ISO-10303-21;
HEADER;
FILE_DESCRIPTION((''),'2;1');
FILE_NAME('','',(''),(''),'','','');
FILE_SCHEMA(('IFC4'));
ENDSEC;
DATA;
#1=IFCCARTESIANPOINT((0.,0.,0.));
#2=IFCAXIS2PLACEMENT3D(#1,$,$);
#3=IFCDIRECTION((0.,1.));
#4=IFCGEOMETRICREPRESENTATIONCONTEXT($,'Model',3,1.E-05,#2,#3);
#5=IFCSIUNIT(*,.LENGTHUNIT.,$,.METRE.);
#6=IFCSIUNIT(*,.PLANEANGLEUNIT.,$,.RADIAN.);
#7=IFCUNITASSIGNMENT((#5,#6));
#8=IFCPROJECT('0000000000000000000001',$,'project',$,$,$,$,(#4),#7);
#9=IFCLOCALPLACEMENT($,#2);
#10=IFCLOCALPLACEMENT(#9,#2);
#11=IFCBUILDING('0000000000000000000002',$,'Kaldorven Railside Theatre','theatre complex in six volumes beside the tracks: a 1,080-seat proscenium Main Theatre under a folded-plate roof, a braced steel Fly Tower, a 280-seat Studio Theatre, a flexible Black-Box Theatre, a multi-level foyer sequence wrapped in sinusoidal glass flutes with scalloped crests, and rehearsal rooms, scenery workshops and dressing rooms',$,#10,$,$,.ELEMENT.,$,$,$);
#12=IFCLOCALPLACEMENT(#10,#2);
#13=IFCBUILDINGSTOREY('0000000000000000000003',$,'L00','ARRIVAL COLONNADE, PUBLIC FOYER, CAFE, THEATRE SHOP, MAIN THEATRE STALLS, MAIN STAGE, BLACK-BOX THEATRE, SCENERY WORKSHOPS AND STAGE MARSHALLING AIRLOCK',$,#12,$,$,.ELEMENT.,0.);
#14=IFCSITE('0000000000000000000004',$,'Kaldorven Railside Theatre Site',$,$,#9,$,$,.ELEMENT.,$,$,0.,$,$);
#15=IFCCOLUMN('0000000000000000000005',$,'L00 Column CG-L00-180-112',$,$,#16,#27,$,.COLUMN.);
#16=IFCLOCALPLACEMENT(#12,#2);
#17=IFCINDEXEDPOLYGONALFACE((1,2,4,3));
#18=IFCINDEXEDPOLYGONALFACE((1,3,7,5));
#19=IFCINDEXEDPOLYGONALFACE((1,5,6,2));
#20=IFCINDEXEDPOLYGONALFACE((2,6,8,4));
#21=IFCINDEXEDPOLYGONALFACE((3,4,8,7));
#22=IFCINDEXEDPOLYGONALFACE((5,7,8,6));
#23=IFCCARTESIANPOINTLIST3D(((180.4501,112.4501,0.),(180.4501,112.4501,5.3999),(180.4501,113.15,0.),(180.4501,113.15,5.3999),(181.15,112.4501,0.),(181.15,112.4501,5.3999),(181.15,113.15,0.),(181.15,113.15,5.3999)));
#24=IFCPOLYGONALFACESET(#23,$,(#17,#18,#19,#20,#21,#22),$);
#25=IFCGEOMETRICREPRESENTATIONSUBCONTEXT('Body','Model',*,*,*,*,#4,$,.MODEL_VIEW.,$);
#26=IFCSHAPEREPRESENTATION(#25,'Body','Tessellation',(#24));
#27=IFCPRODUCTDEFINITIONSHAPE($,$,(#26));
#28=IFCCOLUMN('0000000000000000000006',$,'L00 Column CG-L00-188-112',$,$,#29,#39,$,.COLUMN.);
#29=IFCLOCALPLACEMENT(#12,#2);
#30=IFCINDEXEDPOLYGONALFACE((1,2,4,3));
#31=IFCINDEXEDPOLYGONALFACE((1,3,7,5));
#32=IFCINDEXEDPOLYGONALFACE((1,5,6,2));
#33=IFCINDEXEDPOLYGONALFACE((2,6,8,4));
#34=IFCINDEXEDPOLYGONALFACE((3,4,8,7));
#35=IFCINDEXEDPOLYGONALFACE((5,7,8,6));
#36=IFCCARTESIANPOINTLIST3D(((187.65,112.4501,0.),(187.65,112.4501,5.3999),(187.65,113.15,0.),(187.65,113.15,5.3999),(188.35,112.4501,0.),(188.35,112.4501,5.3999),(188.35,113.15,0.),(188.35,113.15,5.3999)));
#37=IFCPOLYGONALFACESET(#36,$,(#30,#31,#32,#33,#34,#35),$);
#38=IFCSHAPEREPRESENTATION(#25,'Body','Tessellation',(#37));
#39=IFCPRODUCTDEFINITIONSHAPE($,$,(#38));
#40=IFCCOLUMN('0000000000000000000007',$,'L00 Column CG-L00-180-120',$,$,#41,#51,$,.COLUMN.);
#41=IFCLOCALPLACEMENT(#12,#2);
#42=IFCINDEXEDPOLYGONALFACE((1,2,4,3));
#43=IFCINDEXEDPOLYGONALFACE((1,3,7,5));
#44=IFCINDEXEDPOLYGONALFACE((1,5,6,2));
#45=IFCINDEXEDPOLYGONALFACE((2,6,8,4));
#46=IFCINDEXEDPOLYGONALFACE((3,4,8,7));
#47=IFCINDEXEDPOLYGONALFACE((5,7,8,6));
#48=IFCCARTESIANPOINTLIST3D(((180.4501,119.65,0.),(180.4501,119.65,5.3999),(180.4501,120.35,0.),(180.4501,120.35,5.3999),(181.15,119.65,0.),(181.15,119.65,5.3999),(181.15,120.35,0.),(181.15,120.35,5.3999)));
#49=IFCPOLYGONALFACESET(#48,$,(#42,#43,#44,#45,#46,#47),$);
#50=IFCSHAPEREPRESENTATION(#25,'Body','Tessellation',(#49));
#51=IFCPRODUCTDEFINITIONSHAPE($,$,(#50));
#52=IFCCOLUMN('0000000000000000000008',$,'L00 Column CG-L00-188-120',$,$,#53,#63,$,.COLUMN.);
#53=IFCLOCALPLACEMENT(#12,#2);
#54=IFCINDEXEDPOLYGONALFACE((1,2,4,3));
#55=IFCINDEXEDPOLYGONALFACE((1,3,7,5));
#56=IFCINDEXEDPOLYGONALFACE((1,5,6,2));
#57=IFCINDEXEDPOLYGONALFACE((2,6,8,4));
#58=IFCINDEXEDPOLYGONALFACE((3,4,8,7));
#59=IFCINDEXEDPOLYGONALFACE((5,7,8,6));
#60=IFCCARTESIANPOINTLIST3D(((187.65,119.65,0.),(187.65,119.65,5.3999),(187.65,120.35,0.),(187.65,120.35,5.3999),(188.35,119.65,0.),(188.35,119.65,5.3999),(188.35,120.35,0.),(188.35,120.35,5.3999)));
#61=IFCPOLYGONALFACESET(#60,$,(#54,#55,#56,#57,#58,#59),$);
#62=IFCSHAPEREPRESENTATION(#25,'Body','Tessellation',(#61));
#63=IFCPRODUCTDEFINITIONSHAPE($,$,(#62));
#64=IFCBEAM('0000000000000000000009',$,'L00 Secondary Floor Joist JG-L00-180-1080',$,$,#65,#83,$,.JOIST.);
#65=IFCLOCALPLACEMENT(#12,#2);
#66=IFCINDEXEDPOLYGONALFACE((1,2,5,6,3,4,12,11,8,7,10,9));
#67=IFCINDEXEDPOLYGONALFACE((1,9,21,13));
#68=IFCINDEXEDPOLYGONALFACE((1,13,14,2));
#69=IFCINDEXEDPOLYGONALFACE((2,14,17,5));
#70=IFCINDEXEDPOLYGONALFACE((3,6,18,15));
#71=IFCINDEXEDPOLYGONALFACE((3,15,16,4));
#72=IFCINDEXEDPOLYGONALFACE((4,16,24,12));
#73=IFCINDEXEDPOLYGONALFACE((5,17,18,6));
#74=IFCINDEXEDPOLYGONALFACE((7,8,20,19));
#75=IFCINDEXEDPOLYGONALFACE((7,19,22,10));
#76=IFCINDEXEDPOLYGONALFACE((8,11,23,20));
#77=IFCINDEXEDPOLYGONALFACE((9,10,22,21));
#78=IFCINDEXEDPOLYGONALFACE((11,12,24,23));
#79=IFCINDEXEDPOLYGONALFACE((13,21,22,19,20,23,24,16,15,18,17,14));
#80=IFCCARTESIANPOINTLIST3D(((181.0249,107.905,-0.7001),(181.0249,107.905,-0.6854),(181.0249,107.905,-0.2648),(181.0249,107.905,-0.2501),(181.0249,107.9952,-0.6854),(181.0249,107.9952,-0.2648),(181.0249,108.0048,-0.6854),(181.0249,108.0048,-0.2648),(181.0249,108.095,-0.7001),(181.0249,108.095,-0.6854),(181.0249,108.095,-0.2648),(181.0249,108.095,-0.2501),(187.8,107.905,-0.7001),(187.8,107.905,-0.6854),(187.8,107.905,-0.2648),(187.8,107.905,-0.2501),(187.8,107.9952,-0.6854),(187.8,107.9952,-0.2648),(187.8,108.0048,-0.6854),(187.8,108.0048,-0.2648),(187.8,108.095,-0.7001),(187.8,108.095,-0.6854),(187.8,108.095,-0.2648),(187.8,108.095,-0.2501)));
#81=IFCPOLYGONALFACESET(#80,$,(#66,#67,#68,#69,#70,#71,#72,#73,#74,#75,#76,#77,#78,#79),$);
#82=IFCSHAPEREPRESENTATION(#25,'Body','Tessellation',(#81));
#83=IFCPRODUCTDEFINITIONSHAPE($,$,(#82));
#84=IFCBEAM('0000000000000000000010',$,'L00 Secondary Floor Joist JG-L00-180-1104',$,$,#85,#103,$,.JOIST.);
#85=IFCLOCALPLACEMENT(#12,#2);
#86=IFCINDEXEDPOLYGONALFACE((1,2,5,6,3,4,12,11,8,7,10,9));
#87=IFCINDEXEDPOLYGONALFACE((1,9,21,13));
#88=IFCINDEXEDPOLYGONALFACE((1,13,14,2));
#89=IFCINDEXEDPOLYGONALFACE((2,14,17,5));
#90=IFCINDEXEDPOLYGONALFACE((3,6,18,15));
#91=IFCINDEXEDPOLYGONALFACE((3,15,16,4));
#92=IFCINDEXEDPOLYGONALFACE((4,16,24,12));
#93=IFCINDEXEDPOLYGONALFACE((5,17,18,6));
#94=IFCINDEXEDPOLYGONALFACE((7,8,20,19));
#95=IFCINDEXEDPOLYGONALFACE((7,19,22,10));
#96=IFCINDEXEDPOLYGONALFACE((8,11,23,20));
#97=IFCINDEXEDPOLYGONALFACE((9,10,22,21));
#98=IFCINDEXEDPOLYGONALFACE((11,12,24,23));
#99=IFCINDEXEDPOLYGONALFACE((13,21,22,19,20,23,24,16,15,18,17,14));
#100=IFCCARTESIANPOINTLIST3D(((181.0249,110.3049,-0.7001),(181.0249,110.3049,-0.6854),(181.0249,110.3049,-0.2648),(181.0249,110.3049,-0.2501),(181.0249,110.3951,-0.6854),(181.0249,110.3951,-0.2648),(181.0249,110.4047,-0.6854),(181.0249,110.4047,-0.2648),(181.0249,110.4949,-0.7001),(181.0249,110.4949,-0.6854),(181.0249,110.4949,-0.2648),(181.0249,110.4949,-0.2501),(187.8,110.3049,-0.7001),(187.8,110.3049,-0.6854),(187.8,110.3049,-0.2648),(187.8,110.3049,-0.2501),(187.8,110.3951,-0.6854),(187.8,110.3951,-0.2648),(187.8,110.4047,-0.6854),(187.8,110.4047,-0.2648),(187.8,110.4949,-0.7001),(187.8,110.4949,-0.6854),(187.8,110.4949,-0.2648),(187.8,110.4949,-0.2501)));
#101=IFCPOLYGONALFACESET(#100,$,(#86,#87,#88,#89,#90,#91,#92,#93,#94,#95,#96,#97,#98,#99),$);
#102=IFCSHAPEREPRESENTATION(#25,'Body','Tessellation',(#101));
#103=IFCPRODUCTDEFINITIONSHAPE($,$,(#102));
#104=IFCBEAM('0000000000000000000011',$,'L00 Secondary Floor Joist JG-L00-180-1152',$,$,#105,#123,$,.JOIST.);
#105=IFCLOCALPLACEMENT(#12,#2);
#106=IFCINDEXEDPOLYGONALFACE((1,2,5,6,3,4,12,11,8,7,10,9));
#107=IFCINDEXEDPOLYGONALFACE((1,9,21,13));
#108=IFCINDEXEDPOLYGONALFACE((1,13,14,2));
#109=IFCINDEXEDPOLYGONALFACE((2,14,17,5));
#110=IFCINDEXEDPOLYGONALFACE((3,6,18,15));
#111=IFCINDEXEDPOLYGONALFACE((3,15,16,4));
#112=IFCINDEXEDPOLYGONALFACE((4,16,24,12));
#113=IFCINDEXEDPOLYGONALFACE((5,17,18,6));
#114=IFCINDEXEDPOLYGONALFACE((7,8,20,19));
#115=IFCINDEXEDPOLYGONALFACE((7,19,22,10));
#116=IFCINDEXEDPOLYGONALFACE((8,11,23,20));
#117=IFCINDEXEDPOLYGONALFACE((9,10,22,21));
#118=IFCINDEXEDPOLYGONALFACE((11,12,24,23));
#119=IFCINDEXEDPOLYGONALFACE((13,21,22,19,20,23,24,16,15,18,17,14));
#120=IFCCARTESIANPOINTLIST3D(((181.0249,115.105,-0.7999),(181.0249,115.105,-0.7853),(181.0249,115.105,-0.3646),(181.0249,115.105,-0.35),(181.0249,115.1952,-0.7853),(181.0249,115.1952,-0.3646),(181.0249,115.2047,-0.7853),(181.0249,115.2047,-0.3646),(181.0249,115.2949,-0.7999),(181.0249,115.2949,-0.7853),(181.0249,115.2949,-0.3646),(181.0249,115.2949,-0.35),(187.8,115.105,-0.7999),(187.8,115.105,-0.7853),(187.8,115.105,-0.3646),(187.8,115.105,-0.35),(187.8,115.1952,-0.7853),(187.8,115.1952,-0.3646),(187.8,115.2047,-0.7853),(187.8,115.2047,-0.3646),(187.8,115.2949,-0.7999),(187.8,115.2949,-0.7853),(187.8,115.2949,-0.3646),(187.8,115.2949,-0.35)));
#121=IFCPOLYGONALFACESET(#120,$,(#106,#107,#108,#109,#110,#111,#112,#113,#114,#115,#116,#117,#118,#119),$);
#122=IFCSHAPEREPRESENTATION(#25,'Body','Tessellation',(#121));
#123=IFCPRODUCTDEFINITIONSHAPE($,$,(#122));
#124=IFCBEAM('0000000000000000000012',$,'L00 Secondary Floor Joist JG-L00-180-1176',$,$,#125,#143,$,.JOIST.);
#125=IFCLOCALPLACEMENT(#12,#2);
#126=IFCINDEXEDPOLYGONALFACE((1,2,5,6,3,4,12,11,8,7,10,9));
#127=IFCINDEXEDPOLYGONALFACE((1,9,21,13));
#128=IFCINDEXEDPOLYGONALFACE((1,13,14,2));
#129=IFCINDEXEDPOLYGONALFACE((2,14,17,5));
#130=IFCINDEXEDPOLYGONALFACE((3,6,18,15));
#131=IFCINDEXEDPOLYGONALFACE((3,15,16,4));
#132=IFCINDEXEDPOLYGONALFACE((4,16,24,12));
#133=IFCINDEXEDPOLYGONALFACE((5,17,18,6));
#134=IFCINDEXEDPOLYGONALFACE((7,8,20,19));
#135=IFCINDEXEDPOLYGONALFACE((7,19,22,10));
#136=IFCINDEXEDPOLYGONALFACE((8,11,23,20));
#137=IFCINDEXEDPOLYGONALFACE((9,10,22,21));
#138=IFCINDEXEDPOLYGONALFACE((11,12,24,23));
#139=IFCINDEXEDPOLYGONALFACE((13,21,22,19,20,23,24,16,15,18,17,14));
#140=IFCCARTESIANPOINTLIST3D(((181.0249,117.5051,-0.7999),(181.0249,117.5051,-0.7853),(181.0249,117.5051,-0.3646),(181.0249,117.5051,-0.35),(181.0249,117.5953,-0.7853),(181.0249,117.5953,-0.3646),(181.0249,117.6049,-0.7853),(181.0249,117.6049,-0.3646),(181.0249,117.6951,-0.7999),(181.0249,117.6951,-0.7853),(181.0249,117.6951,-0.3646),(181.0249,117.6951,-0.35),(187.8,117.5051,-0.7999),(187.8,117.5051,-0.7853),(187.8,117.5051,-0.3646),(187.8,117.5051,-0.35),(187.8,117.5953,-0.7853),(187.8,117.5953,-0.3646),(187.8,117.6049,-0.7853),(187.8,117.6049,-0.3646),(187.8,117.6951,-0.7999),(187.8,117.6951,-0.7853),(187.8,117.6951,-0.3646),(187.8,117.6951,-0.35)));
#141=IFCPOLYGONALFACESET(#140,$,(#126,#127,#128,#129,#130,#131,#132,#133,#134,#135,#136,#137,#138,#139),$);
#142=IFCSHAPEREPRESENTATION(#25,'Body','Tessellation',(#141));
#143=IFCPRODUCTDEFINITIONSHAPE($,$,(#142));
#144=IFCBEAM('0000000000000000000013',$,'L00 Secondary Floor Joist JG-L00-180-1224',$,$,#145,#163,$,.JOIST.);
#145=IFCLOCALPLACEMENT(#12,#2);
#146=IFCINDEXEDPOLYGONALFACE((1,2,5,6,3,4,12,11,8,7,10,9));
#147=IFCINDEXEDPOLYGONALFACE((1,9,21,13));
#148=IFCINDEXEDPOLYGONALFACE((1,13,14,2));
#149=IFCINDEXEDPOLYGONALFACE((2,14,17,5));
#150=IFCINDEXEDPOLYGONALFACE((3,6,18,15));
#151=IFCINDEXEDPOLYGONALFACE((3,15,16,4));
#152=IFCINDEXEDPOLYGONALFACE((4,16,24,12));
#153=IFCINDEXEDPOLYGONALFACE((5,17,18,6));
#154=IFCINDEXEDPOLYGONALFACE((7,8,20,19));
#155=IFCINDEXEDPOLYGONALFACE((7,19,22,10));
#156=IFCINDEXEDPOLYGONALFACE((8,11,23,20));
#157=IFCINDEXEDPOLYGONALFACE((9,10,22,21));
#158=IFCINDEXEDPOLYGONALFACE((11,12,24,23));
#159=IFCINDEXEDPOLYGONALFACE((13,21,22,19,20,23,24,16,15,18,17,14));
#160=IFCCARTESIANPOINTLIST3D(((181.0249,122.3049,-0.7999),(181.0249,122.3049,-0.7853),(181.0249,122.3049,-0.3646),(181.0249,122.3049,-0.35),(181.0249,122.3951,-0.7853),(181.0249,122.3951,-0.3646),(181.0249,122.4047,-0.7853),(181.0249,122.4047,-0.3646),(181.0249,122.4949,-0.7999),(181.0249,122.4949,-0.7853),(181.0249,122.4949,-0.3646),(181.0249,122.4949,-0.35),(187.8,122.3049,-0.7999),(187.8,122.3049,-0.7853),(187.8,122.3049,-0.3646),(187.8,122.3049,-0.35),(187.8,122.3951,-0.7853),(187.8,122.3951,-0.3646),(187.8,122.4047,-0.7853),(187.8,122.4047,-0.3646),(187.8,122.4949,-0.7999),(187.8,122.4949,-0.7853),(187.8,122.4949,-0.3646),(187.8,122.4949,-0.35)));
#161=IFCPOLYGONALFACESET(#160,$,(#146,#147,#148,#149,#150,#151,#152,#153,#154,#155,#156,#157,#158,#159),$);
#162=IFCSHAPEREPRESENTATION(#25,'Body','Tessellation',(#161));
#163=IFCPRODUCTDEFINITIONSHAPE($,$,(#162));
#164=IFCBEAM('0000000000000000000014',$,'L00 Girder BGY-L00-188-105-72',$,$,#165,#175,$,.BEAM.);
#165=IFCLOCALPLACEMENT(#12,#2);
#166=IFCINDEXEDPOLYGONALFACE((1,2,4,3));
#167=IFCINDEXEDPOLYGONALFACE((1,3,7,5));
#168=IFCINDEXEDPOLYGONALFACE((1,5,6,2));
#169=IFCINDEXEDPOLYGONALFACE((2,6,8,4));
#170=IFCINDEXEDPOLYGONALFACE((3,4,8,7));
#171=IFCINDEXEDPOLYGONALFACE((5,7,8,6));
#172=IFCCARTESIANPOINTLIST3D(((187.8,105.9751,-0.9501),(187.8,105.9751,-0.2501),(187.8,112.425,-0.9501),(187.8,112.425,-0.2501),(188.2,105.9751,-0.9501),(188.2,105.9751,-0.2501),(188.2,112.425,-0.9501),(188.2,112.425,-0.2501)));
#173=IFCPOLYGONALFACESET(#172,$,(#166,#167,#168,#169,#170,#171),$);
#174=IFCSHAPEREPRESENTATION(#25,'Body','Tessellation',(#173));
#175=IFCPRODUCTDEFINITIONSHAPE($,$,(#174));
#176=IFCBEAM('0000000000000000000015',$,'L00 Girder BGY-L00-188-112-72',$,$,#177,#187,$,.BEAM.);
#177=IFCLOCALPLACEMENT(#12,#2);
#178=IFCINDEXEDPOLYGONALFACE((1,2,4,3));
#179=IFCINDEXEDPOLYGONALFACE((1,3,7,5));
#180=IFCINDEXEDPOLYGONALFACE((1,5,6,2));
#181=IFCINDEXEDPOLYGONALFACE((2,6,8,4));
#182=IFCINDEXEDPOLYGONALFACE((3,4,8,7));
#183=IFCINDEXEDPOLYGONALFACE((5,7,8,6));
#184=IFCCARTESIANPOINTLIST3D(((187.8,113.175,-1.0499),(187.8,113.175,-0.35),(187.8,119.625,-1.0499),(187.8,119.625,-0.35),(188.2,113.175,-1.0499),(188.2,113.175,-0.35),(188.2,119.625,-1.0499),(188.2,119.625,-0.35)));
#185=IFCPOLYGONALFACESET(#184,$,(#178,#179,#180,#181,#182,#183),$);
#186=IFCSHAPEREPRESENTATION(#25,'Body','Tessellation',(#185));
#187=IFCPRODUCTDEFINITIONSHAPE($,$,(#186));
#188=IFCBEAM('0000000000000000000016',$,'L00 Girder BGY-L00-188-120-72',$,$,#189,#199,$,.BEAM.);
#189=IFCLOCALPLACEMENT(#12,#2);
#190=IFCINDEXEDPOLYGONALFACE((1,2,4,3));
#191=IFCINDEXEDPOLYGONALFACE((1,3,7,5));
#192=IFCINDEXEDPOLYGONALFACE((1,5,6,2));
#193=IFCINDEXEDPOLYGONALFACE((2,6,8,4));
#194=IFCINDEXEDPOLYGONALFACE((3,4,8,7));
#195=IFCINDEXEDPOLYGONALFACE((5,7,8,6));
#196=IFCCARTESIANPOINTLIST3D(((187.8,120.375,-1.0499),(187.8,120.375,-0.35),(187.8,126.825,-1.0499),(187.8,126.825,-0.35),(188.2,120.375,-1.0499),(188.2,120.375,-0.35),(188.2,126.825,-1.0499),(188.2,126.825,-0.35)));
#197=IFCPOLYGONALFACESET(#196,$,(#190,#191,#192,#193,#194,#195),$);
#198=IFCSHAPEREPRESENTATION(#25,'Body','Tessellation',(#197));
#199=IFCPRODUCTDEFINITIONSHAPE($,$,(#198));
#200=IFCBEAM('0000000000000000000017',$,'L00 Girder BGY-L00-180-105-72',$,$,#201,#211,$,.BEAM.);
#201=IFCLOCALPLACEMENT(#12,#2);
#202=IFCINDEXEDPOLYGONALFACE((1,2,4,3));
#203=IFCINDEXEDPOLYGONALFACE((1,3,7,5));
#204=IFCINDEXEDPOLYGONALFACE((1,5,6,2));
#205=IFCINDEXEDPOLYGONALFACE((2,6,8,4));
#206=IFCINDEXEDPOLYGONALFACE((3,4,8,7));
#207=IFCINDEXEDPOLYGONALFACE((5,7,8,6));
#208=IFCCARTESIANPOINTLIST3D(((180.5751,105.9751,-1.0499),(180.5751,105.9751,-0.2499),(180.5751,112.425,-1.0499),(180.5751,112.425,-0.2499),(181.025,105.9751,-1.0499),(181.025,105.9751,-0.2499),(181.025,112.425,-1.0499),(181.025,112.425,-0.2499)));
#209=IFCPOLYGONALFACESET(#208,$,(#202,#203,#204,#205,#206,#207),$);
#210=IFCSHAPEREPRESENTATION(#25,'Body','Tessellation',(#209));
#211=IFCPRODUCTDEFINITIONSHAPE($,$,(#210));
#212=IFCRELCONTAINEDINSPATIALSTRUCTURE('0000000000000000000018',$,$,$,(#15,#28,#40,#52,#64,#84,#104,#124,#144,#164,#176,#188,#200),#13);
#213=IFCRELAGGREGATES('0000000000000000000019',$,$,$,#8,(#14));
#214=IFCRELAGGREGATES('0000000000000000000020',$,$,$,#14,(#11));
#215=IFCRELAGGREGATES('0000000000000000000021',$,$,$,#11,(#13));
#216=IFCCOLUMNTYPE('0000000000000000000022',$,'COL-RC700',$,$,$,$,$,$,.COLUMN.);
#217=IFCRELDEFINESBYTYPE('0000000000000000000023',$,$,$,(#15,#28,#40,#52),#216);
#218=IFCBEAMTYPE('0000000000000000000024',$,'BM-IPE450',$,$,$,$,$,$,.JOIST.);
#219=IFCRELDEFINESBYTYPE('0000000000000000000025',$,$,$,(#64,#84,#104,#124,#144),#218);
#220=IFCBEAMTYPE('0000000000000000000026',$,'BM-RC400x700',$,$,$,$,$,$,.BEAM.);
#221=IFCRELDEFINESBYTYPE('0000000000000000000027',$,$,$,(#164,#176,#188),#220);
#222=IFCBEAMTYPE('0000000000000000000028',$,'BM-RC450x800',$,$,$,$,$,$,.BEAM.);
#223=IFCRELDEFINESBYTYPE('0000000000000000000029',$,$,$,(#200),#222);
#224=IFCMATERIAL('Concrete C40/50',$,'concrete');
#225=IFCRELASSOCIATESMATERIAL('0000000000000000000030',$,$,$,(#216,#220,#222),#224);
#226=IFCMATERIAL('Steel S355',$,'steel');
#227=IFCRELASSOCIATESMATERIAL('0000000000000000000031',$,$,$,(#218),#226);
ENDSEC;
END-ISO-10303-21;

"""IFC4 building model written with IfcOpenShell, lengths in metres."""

from ifc_helpers import new_model, si_unit, direction, frame, origin, origin_2d, place, context, subcontext, project, spatial, rectangle, i_section, extrude, material, material_profile, profile_set, type_object, element, save


model = new_model("IFC4")

# Units and contexts
model_context = context("Model", 3, precision=1e-05, world=origin(), true_north=direction((0.0, 1.0)))
body_context = subcontext(model_context, "Body", "Model", "MODEL_VIEW")
ifc_project = project(units=[si_unit("LENGTHUNIT", "METRE"), si_unit("PLANEANGLEUNIT", "RADIAN")], contexts=[model_context])

# Site, building, storey
site_placement = place(None, origin())
site = spatial("IfcSite", under=ifc_project, at=site_placement, Name="Kaldorven Railside Theatre Site", CompositionType="ELEMENT", RefElevation=0.0)
building_placement = place(site_placement, origin())
building = spatial("IfcBuilding", under=site, at=building_placement, Name="Kaldorven Railside Theatre", Description="theatre complex in six volumes beside the tracks: a 1,080-seat proscenium Main Theatre under a folded-plate roof, a braced steel Fly Tower, a 280-seat Studio Theatre, a flexible Black-Box Theatre, a multi-level foyer sequence wrapped in sinusoidal glass flutes with scalloped crests, and rehearsal rooms, scenery workshops and dressing rooms", CompositionType="ELEMENT")
storey_placement = place(building_placement, origin())
storey = spatial("IfcBuildingStorey", under=building, at=storey_placement, Name="L00", Description="ARRIVAL COLONNADE, PUBLIC FOYER, CAFE, THEATRE SHOP, MAIN THEATRE STALLS, MAIN STAGE, BLACK-BOX THEATRE, SCENERY WORKSHOPS AND STAGE MARSHALLING AIRLOCK", CompositionType="ELEMENT", Elevation=0.0)

# Columns
ifc_material_1 = material(Name="Concrete C40/50", Category="concrete")
ifc_material_profile_1 = material_profile(ifc_material_1, rectangle(XDim=0.7, YDim=0.7, at=origin_2d()), Name="RC 700x700")
ifc_profile_set_1 = profile_set([ifc_material_profile_1], Name="Concrete C40/50")
column_type = type_object("IfcColumnType", Name="COL-RC700", PredefinedType="COLUMN", material=ifc_profile_set_1)
for number, where, z_axis, x_axis, name in (
    (1, (180.8, 112.8, 0.0), (0.0, 0.0, 1.0), (0.0, 1.0, 0.0), "L00 Column CG-L00-180-112"),
    (2, (188.0, 112.8, 0.0), (0.0, 0.0, 1.0), (1.0, 0.0, 0.0), "L00 Column CG-L00-188-112"),
    (3, (180.8, 120.0, 0.0), (0.0, 0.0, 1.0), (1.0, 0.0, 0.0), "L00 Column CG-L00-180-120"),
    (4, (188.0, 120.0, 0.0), (0.0, 0.0, 1.0), (1.0, 0.0, 0.0), "L00 Column CG-L00-188-120"),
):
    element("IfcColumn", number, at=place(storey_placement, frame(where, z_axis=z_axis, x_axis=x_axis)), inside=storey, type_object=column_type, Name=name, PredefinedType="COLUMN", context=body_context, shape_type="SweptSolid", body=[
        extrude(rectangle(XDim=0.7, YDim=0.7, at=origin_2d()), origin(), (0.0, 0.0, 1.0), 5.3999),
    ])

# Beams
ifc_material_2 = material(Name="Steel S355", Category="steel")
ifc_material_profile_2 = material_profile(ifc_material_2, i_section(OverallWidth=0.1899, OverallDepth=0.45, WebThickness=0.0095, FlangeThickness=0.0146, at=origin_2d()), Name="IPE 450")
ifc_profile_set_2 = profile_set([ifc_material_profile_2], Name="Steel S355")
beam_type_1 = type_object("IfcBeamType", Name="BM-IPE450", PredefinedType="JOIST", material=ifc_profile_set_2)
for number, where, z_axis, x_axis, name in (
    (5, (181.0249, 108.0, -0.4751), (1.0, 0.0, 0.0), (0.0, 1.0, 0.0), "L00 Secondary Floor Joist JG-L00-180-1080"),
    (6, (181.0249, 110.3999, -0.4751), (1.0, 0.0, 0.0), (0.0, 1.0, 0.0), "L00 Secondary Floor Joist JG-L00-180-1104"),
    (7, (181.0249, 115.2, -0.575), (1.0, 0.0, 0.0), (0.0, 1.0, 0.0), "L00 Secondary Floor Joist JG-L00-180-1152"),
    (8, (181.0249, 117.6001, -0.575), (1.0, 0.0, 0.0), (0.0, 1.0, 0.0), "L00 Secondary Floor Joist JG-L00-180-1176"),
    (9, (181.0249, 122.3999, -0.575), (1.0, 0.0, 0.0), (0.0, 1.0, 0.0), "L00 Secondary Floor Joist JG-L00-180-1224"),
):
    element("IfcBeam", number, at=place(storey_placement, frame(where, z_axis=z_axis, x_axis=x_axis)), inside=storey, type_object=beam_type_1, Name=name, PredefinedType="JOIST", context=body_context, shape_type="SweptSolid", body=[
        extrude(i_section(OverallWidth=0.1899, OverallDepth=0.45, WebThickness=0.0095, FlangeThickness=0.0146, at=origin_2d()), origin(), (0.0, 0.0, 1.0), 6.7751),
    ])
ifc_material_profile_3 = material_profile(ifc_material_1, rectangle(XDim=0.3999, YDim=0.7, at=origin_2d()), Name="RC 400x700")
ifc_profile_set_3 = profile_set([ifc_material_profile_3], Name="Concrete C40/50")
beam_type_2 = type_object("IfcBeamType", Name="BM-RC400x700", PredefinedType="BEAM", material=ifc_profile_set_3)
for number, where, z_axis, x_axis, name in (
    (10, (188.0, 105.9751, -0.6001), (0.0, 1.0, 0.0), (-1.0, 0.0, 0.0), "L00 Girder BGY-L00-188-105-72"),
    (11, (188.0, 113.175, -0.7), (0.0, 1.0, 0.0), (-1.0, 0.0, 0.0), "L00 Girder BGY-L00-188-112-72"),
    (12, (188.0, 120.375, -0.7), (0.0, 1.0, 0.0), (-1.0, 0.0, 0.0), "L00 Girder BGY-L00-188-120-72"),
):
    element("IfcBeam", number, at=place(storey_placement, frame(where, z_axis=z_axis, x_axis=x_axis)), inside=storey, type_object=beam_type_2, Name=name, PredefinedType="BEAM", context=body_context, shape_type="SweptSolid", body=[
        extrude(rectangle(XDim=0.3999, YDim=0.7, at=origin_2d()), origin(), (0.0, 0.0, 1.0), 6.45),
    ])
ifc_material_profile_4 = material_profile(ifc_material_1, rectangle(XDim=0.45, YDim=0.8, at=origin_2d()), Name="RC 450x800")
ifc_profile_set_4 = profile_set([ifc_material_profile_4], Name="Concrete C40/50")
beam_type_3 = type_object("IfcBeamType", Name="BM-RC450x800", PredefinedType="BEAM", material=ifc_profile_set_4)
for number, where, z_axis, x_axis, name in (
    (13, (180.8, 105.9751, -0.6499), (0.0, 1.0, 0.0), (-1.0, 0.0, 0.0), "L00 Girder BGY-L00-180-105-72"),
):
    element("IfcBeam", number, at=place(storey_placement, frame(where, z_axis=z_axis, x_axis=x_axis)), inside=storey, type_object=beam_type_3, Name=name, PredefinedType="BEAM", context=body_context, shape_type="SweptSolid", body=[
        extrude(rectangle(XDim=0.45, YDim=0.8, at=origin_2d()), origin(), (0.0, 0.0, 1.0), 6.45),
    ])

save(model, "model.ifc")
